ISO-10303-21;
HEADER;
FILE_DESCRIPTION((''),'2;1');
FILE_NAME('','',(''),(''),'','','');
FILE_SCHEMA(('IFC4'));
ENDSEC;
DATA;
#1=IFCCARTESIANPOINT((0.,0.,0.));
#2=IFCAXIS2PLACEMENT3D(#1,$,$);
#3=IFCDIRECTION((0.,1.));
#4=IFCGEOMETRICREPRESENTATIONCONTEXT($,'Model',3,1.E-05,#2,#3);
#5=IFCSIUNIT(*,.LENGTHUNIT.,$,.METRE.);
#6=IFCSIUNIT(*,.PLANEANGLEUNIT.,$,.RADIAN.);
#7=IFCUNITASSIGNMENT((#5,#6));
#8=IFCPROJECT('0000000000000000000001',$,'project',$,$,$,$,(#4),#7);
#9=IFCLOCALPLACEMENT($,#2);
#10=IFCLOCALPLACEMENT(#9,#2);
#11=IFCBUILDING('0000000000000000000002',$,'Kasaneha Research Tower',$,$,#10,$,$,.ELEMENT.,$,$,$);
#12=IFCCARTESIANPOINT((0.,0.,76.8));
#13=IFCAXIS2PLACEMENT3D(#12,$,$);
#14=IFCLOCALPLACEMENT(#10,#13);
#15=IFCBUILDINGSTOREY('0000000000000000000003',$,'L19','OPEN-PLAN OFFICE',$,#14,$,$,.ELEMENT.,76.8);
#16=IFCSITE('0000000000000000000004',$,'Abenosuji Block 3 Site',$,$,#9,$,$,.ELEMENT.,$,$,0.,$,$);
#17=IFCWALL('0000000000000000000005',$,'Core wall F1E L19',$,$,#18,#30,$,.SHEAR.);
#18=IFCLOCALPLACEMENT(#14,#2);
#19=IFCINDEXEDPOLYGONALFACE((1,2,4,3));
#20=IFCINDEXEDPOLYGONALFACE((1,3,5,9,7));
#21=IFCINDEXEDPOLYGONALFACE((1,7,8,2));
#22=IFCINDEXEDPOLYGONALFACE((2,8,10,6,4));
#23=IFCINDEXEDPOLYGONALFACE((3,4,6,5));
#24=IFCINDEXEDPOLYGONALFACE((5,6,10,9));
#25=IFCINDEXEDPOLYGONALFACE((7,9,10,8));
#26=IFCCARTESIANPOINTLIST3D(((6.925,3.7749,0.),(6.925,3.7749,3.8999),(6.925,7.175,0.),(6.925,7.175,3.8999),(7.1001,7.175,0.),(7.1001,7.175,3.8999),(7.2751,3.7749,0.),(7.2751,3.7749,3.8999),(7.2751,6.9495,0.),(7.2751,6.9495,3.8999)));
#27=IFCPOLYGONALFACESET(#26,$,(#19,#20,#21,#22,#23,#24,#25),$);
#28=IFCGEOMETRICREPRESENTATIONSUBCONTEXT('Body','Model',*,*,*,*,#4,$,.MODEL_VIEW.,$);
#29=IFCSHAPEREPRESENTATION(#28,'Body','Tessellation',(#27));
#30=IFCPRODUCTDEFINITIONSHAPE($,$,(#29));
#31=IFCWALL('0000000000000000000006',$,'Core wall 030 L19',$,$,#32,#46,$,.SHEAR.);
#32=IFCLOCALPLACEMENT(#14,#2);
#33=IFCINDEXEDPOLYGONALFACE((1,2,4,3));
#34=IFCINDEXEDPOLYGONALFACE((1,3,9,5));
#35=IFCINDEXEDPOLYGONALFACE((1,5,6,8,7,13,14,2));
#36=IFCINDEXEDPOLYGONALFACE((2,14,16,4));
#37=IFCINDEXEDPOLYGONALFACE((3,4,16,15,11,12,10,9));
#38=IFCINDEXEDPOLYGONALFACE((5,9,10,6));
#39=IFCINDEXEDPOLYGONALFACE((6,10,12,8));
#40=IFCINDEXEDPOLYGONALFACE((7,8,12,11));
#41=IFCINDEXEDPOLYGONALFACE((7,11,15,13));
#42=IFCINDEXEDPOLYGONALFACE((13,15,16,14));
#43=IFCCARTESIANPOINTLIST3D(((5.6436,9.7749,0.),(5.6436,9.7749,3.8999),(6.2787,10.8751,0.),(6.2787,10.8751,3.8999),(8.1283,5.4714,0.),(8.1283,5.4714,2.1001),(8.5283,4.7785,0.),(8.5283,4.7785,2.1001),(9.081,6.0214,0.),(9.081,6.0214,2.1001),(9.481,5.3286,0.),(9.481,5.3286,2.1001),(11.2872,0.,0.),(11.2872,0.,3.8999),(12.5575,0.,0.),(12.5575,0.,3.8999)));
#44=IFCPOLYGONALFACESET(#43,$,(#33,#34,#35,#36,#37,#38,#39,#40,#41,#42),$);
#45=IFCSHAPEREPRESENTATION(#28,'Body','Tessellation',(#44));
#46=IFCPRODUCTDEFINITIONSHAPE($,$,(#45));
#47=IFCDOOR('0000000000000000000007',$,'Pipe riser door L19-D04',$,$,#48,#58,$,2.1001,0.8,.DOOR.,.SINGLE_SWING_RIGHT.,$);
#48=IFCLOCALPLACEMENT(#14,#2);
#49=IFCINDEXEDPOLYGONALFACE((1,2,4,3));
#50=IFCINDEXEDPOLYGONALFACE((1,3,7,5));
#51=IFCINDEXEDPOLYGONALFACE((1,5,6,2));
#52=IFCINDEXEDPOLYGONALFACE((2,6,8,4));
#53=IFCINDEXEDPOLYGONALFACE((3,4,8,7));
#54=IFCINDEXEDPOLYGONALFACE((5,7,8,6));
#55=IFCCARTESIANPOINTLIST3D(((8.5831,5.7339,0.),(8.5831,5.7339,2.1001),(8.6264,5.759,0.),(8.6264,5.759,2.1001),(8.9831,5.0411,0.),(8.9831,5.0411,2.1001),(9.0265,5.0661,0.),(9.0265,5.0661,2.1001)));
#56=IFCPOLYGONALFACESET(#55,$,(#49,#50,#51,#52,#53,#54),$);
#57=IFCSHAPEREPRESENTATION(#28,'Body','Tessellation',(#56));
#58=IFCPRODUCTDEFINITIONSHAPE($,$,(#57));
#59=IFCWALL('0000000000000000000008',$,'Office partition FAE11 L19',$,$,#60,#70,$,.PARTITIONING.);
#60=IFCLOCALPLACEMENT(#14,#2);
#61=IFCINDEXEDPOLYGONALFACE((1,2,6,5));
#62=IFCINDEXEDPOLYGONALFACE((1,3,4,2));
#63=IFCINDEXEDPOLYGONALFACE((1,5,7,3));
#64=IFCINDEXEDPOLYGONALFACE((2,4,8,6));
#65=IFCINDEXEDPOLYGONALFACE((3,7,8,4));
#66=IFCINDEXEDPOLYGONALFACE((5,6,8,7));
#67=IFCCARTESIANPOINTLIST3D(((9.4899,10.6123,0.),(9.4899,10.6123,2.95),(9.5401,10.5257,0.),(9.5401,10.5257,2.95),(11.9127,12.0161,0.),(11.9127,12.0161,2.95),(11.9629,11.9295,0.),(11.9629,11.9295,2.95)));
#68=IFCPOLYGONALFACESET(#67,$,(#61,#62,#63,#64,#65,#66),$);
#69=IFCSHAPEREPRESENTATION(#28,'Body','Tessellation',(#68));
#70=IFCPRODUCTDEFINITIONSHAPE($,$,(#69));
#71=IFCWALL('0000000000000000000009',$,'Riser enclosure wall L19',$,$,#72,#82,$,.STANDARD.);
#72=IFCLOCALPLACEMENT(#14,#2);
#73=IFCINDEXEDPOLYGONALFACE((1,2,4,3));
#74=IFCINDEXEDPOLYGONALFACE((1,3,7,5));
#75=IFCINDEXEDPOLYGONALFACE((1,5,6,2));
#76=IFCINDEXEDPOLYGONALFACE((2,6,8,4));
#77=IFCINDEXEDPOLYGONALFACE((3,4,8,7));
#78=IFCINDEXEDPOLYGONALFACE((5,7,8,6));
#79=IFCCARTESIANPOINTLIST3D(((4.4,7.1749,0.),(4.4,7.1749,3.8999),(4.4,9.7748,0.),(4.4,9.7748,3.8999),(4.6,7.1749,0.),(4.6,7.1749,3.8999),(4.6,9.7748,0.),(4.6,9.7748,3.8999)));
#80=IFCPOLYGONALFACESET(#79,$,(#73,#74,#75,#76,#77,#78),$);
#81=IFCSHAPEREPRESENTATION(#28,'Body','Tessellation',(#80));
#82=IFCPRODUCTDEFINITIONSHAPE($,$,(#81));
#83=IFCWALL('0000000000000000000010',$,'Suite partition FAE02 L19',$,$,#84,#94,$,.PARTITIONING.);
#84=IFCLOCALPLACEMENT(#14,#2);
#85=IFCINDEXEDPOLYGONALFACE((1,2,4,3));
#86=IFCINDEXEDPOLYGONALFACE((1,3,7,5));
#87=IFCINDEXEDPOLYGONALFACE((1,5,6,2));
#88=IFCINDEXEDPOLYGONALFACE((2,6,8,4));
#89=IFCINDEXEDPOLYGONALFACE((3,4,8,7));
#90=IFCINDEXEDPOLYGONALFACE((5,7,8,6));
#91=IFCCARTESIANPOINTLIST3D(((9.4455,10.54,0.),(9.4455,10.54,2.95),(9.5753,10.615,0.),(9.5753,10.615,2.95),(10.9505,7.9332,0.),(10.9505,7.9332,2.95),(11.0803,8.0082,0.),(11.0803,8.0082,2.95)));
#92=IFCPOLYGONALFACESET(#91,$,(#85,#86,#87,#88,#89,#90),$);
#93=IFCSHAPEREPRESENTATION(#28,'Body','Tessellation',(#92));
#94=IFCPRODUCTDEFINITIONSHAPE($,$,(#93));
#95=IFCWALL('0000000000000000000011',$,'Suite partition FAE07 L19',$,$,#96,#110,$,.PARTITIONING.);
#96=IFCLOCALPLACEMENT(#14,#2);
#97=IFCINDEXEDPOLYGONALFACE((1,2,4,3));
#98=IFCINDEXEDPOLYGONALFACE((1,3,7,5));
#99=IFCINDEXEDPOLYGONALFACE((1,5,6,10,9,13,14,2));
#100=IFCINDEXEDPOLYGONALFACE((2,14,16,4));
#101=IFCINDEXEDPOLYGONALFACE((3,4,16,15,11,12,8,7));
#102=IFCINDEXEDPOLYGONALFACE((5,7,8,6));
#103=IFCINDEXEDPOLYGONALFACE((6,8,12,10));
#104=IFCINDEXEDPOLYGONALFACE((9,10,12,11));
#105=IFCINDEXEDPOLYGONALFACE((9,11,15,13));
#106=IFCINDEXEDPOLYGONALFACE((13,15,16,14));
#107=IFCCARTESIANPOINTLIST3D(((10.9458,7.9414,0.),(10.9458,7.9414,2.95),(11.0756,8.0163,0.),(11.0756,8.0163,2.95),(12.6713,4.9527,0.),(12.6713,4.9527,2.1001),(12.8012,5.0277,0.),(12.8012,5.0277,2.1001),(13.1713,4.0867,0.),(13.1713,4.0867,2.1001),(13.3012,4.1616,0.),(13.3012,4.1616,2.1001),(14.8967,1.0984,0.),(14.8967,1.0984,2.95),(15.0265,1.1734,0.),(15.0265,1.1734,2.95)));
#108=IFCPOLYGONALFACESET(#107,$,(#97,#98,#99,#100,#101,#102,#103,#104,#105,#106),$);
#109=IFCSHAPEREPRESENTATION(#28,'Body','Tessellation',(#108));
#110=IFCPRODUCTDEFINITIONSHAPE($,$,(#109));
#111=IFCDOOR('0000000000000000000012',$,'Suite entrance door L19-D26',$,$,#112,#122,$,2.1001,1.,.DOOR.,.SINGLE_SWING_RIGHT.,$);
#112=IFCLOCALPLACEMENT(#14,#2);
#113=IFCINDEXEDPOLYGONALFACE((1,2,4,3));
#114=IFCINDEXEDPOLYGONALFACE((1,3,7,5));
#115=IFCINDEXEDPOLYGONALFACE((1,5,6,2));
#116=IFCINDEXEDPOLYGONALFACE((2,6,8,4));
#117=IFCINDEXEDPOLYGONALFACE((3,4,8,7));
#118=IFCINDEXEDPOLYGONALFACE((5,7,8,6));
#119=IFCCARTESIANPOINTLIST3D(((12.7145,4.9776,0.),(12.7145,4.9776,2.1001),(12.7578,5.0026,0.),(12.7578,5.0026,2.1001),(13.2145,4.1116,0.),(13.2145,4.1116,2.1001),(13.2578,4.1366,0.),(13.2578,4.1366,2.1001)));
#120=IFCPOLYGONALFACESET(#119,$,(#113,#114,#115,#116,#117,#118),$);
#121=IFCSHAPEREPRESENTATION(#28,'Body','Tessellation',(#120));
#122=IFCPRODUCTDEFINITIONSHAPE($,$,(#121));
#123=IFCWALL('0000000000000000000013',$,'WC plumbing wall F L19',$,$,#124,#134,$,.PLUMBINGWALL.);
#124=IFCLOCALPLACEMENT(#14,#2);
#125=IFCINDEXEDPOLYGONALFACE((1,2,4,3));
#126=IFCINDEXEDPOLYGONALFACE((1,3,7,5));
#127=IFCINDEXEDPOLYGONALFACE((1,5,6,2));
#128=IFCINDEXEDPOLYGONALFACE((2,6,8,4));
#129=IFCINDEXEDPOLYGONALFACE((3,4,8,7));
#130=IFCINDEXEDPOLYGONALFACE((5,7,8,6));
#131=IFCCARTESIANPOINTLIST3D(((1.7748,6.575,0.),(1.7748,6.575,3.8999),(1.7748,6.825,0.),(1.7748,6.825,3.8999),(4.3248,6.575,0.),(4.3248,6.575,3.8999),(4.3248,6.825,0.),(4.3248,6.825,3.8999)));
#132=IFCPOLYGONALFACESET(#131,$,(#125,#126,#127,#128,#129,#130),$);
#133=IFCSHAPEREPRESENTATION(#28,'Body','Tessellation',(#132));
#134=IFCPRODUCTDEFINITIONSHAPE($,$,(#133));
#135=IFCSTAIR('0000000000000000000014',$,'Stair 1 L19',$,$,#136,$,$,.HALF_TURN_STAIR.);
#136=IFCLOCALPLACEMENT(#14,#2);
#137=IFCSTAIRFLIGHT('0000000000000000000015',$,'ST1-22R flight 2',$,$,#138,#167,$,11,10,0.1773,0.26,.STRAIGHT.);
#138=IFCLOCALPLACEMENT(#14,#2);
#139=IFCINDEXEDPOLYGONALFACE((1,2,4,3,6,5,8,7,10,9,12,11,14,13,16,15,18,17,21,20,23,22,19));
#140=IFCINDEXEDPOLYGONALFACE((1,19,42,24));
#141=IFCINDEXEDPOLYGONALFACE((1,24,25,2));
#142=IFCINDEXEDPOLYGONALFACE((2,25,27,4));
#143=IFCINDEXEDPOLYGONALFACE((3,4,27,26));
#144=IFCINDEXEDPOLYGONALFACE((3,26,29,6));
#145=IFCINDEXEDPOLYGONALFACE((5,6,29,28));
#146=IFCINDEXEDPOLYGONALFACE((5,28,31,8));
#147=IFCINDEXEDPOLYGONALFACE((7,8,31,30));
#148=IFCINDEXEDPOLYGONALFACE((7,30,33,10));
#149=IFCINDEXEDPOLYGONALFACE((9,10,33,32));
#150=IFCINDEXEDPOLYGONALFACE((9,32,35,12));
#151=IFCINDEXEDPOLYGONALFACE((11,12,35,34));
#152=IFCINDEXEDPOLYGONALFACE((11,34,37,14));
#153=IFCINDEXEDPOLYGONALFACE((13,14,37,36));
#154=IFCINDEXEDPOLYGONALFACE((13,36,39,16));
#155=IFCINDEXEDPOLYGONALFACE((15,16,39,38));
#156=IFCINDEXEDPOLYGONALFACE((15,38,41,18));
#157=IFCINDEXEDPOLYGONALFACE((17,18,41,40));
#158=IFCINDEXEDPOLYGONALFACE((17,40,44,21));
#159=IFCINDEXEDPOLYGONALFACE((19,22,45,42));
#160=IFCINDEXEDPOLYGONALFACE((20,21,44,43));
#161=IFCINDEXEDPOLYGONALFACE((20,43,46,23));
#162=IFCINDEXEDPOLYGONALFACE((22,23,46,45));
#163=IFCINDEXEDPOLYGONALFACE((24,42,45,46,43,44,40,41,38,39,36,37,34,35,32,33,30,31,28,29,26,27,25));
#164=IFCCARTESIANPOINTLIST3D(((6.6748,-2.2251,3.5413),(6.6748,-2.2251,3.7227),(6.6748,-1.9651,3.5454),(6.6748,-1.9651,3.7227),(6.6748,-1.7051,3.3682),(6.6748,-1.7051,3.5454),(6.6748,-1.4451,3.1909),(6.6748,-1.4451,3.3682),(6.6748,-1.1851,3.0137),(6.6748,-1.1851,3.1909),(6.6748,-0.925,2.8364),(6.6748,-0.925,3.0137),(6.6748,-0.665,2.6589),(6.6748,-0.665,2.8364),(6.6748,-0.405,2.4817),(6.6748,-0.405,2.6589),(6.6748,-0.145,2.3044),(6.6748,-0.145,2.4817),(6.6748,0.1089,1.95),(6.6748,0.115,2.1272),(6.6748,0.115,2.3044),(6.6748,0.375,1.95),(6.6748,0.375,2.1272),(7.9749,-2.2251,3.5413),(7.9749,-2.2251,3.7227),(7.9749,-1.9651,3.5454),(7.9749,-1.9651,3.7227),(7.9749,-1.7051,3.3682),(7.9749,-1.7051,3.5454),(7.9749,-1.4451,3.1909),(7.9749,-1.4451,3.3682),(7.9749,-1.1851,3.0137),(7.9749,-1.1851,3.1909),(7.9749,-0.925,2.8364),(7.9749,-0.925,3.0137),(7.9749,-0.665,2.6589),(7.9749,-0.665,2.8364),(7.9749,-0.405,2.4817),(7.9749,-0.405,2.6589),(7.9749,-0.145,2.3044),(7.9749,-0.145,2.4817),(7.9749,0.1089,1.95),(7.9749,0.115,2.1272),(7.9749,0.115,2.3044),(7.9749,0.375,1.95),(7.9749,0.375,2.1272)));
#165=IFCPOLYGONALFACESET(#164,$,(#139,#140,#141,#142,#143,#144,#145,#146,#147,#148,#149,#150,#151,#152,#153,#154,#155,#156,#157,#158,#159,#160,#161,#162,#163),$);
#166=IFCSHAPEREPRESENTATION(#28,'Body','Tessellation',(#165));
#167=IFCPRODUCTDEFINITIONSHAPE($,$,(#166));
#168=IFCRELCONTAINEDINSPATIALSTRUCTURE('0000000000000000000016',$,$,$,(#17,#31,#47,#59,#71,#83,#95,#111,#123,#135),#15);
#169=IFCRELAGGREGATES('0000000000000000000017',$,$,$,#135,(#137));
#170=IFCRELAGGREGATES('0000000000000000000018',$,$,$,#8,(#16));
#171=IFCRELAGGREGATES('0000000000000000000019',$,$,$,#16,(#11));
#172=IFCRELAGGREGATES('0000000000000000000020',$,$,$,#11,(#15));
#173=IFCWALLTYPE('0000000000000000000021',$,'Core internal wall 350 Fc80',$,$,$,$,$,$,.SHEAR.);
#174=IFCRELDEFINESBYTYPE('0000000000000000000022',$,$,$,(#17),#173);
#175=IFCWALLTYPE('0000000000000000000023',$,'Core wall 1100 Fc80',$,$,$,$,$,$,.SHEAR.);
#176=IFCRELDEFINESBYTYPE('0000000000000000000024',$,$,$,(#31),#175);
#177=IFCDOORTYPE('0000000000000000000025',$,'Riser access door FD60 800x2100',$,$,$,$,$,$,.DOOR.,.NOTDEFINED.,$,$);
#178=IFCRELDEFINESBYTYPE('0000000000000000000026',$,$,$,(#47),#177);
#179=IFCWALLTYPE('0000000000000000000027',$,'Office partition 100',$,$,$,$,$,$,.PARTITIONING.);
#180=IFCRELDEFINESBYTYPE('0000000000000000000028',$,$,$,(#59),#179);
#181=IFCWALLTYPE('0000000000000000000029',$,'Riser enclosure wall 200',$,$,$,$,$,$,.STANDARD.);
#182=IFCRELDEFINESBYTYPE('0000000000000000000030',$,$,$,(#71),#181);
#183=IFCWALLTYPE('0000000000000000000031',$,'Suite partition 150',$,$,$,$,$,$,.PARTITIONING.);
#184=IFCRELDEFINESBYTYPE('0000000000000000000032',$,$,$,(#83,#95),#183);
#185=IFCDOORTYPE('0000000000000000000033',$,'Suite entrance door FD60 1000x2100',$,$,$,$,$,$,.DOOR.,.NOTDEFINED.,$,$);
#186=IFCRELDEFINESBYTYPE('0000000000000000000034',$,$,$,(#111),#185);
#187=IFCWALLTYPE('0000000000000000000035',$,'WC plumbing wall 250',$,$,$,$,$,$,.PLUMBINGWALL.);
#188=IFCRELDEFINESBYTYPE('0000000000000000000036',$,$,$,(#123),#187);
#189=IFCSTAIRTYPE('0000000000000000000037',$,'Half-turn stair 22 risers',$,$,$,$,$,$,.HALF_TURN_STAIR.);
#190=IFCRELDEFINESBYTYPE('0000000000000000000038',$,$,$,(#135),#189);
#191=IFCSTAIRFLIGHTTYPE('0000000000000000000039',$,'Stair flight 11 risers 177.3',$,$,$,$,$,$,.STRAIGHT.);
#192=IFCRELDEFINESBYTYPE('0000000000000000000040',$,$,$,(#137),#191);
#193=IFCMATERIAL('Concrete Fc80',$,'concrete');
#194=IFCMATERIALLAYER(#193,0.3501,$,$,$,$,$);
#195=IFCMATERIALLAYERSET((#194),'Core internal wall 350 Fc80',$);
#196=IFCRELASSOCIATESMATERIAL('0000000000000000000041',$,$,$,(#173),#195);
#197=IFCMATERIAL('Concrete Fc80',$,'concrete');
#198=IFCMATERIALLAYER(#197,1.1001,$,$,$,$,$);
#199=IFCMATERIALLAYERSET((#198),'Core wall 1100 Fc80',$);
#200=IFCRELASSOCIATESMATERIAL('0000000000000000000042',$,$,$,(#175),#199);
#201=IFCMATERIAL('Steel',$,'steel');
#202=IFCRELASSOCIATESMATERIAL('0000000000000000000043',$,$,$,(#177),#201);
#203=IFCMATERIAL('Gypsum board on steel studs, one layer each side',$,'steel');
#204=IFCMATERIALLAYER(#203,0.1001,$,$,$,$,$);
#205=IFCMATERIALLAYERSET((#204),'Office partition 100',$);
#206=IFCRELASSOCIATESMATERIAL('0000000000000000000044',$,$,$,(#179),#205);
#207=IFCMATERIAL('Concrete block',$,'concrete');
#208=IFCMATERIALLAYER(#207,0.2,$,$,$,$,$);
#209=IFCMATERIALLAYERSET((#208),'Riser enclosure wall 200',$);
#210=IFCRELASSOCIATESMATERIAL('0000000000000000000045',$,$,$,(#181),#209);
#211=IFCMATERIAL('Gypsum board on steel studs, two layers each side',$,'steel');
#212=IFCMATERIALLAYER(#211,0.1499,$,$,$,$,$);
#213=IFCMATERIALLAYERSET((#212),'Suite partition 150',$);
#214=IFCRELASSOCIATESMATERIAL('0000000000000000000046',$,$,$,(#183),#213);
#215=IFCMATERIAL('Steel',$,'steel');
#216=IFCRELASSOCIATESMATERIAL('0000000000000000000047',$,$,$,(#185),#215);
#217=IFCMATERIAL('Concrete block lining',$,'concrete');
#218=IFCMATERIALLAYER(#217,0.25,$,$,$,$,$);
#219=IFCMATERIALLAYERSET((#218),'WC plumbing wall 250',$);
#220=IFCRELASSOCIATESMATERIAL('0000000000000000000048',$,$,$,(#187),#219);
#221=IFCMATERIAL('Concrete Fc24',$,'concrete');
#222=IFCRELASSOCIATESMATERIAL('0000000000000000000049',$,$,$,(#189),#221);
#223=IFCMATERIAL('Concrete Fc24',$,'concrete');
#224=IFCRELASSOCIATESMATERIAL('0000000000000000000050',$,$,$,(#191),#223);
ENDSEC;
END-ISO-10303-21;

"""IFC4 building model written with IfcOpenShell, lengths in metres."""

from ifc_helpers import new_model, si_unit, direction, frame, frame_2d, origin, place, context, subcontext, project, spatial, polyline, rectangle, outline, extrude, material, layer, layer_set, type_object, element, fill, aggregate, save


model = new_model("IFC4")

# Units and contexts
model_context = context("Model", 3, precision=1e-05, world=origin(), true_north=direction((0.0, 1.0)))
body_context = subcontext(model_context, "Body", "Model", "MODEL_VIEW")
ifc_project = project(units=[si_unit("LENGTHUNIT", "METRE"), si_unit("PLANEANGLEUNIT", "RADIAN")], contexts=[model_context])

# Site, building, storey
site_placement = place(None, origin())
site = spatial("IfcSite", under=ifc_project, at=site_placement, Name="Abenosuji Block 3 Site", CompositionType="ELEMENT", RefElevation=0.0)
building_placement = place(site_placement, origin())
building = spatial("IfcBuilding", under=site, at=building_placement, Name="Kasaneha Research Tower", CompositionType="ELEMENT")
storey_placement = place(building_placement, frame((0.0, 0.0, 76.8)))
storey = spatial("IfcBuildingStorey", under=building, at=storey_placement, Name="L19", Description="OPEN-PLAN OFFICE", CompositionType="ELEMENT", Elevation=76.8)

# Wall
ifc_material_1 = material(Name="Concrete Fc80", Category="concrete")
ifc_layer_1 = layer(ifc_material_1, 0.3501)
ifc_layer_set_1 = layer_set([ifc_layer_1], Name="Core internal wall 350 Fc80")
wall_type_1 = type_object("IfcWallType", Name="Core internal wall 350 Fc80", PredefinedType="SHEAR", material=ifc_layer_set_1)
wall_1_placement = place(storey_placement, frame((7.1001, 3.7749, 0.0), z_axis=(0.0, 0.0, 1.0), x_axis=(0.0, 1.0, 0.0)))
element("IfcWall", 1, at=wall_1_placement, inside=storey, type_object=wall_type_1, Name="Core wall F1E L19", PredefinedType="SHEAR", context=body_context, shape_type="SweptSolid", body=[
    extrude(outline(polyline([(0.0, -0.175), (3.1746, -0.175), (3.4001, 0.0), (3.4001, 0.175), (0.0, 0.175), (0.0, -0.175)])), origin(), (0.0, 0.0, 1.0), 3.8999),
])

# Wall, opening, door
ifc_material_2 = material(Name="Concrete Fc80", Category="concrete")
ifc_layer_2 = layer(ifc_material_2, 1.1001)
ifc_layer_set_2 = layer_set([ifc_layer_2], Name="Core wall 1100 Fc80")
wall_type_2 = type_object("IfcWallType", Name="Core wall 1100 Fc80", PredefinedType="SHEAR", material=ifc_layer_set_2)
wall_2_placement = place(storey_placement, frame((11.9224, 0.0, 0.0), z_axis=(0.0, 0.0, 1.0), x_axis=(-0.500004, 0.866023, 0.0)))
wall_2 = element("IfcWall", 2, at=wall_2_placement, inside=storey, type_object=wall_type_2, Name="Core wall 030 L19", PredefinedType="SHEAR", context=body_context, shape_type="SweptSolid", body=[
    extrude(outline(polyline([(-0.3176, -0.55), (5.8354, -0.55), (6.6355, -0.55), (12.24, -0.55), (11.6047, 0.55), (6.6355, 0.55), (5.8354, 0.55), (0.3176, 0.55), (-0.3176, -0.55)])), origin(), (0.0, 0.0, 1.0), 3.8999),
])
opening_1_placement = place(wall_2_placement, frame((5.8354, 0.0, 0.0)))
opening_1 = element("IfcOpeningElement", 3, at=opening_1_placement, cuts=wall_2, PredefinedType="OPENING", context=body_context, shape_type="SweptSolid", body=[
    extrude(rectangle(XDim=0.8, YDim=2.1001, at=frame_2d((0.3999, 1.05))), frame((0.0, 0.5601, 0.0), z_axis=(0.0, -1.0, 0.0), x_axis=(1.0, 0.0, 0.0)), (0.0, 0.0, 1.0), 1.1201),
])
ifc_material_3 = material(Name="Steel", Category="steel")
door_type_1 = type_object("IfcDoorType", Name="Riser access door FD60 800x2100", OperationType="NOTDEFINED", PredefinedType="DOOR", material=ifc_material_3)
door_1_placement = place(opening_1_placement, origin())
door_1 = element("IfcDoor", 4, at=door_1_placement, inside=storey, type_object=door_type_1, Name="Pipe riser door L19-D04", OperationType="SINGLE_SWING_RIGHT", OverallHeight=2.1001, OverallWidth=0.8, PredefinedType="DOOR", context=body_context, shape_type="SweptSolid", body=[
    extrude(rectangle(XDim=0.8, YDim=2.1001, at=frame_2d((0.3999, 1.05))), frame((0.0, 0.0249, 0.0), z_axis=(0.0, -1.0, 0.0), x_axis=(1.0, 0.0, 0.0)), (0.0, 0.0, 1.0), 0.05),
])
fill(opening_1, door_1)

# Walls
ifc_material_4 = material(Name="Gypsum board on steel studs, one layer each side", Category="steel")
ifc_layer_3 = layer(ifc_material_4, 0.1001)
ifc_layer_set_3 = layer_set([ifc_layer_3], Name="Office partition 100")
wall_type_3 = type_object("IfcWallType", Name="Office partition 100", PredefinedType="PARTITIONING", material=ifc_layer_set_3)
wall_3_placement = place(storey_placement, frame((9.5151, 10.5691, 0.0), z_axis=(0.0, 0.0, 1.0), x_axis=(0.865255, 0.501332, 0.0)))
element("IfcWall", 5, at=wall_3_placement, inside=storey, type_object=wall_type_3, Name="Office partition FAE11 L19", PredefinedType="PARTITIONING", context=body_context, shape_type="SweptSolid", body=[
    extrude(rectangle(XDim=2.8, YDim=0.1001, at=frame_2d((1.3999, 0.0))), origin(), (0.0, 0.0, 1.0), 2.95),
])
ifc_material_5 = material(Name="Concrete block", Category="concrete")
ifc_layer_4 = layer(ifc_material_5, 0.2)
ifc_layer_set_4 = layer_set([ifc_layer_4], Name="Riser enclosure wall 200")
wall_type_4 = type_object("IfcWallType", Name="Riser enclosure wall 200", PredefinedType="STANDARD", material=ifc_layer_set_4)
wall_4_placement = place(storey_placement, frame((4.5, 7.175, 0.0), z_axis=(0.0, 0.0, 1.0), x_axis=(0.0, 1.0, 0.0)))
element("IfcWall", 6, at=wall_4_placement, inside=storey, type_object=wall_type_4, Name="Riser enclosure wall L19", PredefinedType="STANDARD", context=body_context, shape_type="SweptSolid", body=[
    extrude(rectangle(XDim=2.5999, YDim=0.2, at=frame_2d((1.2998, 0.0))), origin(), (0.0, 0.0, 1.0), 3.8999),
])
ifc_material_6 = material(Name="Gypsum board on steel studs, two layers each side", Category="steel")
ifc_layer_5 = layer(ifc_material_6, 0.1499)
ifc_layer_set_5 = layer_set([ifc_layer_5], Name="Suite partition 150")
wall_type_5 = type_object("IfcWallType", Name="Suite partition 150", PredefinedType="PARTITIONING", material=ifc_layer_set_5)
wall_5_placement = place(storey_placement, frame((9.5105, 10.5774, 0.0), z_axis=(0.0, 0.0, 1.0), x_axis=(0.499978, -0.866038, 0.0)))
element("IfcWall", 7, at=wall_5_placement, inside=storey, type_object=wall_type_5, Name="Suite partition FAE02 L19", PredefinedType="PARTITIONING", context=body_context, shape_type="SweptSolid", body=[
    extrude(rectangle(XDim=3.01, YDim=0.1499, at=frame_2d((1.5049, 0.0))), origin(), (0.0, 0.0, 1.0), 2.95),
])

# Wall, opening, door
wall_6_placement = place(storey_placement, frame((11.0107, 7.9788, 0.0), z_axis=(0.0, 0.0, 1.0), x_axis=(0.50001, -0.866019, 0.0)))
wall_6 = element("IfcWall", 8, at=wall_6_placement, inside=storey, type_object=wall_type_5, Name="Suite partition FAE07 L19", PredefinedType="PARTITIONING", context=body_context, shape_type="SweptSolid", body=[
    extrude(rectangle(XDim=7.9016, YDim=0.1499, at=frame_2d((3.9507, 0.0))), origin(), (0.0, 0.0, 1.0), 2.95),
])
opening_2_placement = place(wall_6_placement, frame((3.4509, 0.0, 0.0)))
opening_2 = element("IfcOpeningElement", 9, at=opening_2_placement, cuts=wall_6, PredefinedType="OPENING", context=body_context, shape_type="SweptSolid", body=[
    extrude(rectangle(XDim=1.0, YDim=2.1001, at=frame_2d((0.5, 1.05))), frame((0.0, 0.085, 0.0), z_axis=(0.0, -1.0, 0.0), x_axis=(1.0, 0.0, 0.0)), (0.0, 0.0, 1.0), 0.1699),
])
ifc_material_7 = material(Name="Steel", Category="steel")
door_type_2 = type_object("IfcDoorType", Name="Suite entrance door FD60 1000x2100", OperationType="NOTDEFINED", PredefinedType="DOOR", material=ifc_material_7)
door_2_placement = place(opening_2_placement, origin())
door_2 = element("IfcDoor", 10, at=door_2_placement, inside=storey, type_object=door_type_2, Name="Suite entrance door L19-D26", OperationType="SINGLE_SWING_RIGHT", OverallHeight=2.1001, OverallWidth=1.0, PredefinedType="DOOR", context=body_context, shape_type="SweptSolid", body=[
    extrude(rectangle(XDim=1.0, YDim=2.1001, at=frame_2d((0.5, 1.05))), frame((0.0, 0.0249, 0.0), z_axis=(0.0, -1.0, 0.0), x_axis=(1.0, 0.0, 0.0)), (0.0, 0.0, 1.0), 0.05),
])
fill(opening_2, door_2)

# Wall
ifc_material_8 = material(Name="Concrete block lining", Category="concrete")
ifc_layer_6 = layer(ifc_material_8, 0.25)
ifc_layer_set_6 = layer_set([ifc_layer_6], Name="WC plumbing wall 250")
wall_type_6 = type_object("IfcWallType", Name="WC plumbing wall 250", PredefinedType="PLUMBINGWALL", material=ifc_layer_set_6)
wall_7_placement = place(storey_placement, frame((1.7749, 6.7, 0.0), z_axis=(0.0, 0.0, 1.0), x_axis=(1.0, 0.0, 0.0)))
element("IfcWall", 11, at=wall_7_placement, inside=storey, type_object=wall_type_6, Name="WC plumbing wall F L19", PredefinedType="PLUMBINGWALL", context=body_context, shape_type="SweptSolid", body=[
    extrude(rectangle(XDim=2.55, YDim=0.25, at=frame_2d((1.2749, 0.0))), origin(), (0.0, 0.0, 1.0), 3.8999),
])

# Stair, stair flight
ifc_material_9 = material(Name="Concrete Fc24", Category="concrete")
stair_type = type_object("IfcStairType", Name="Half-turn stair 22 risers", PredefinedType="HALF_TURN_STAIR", material=ifc_material_9)
stair_placement = place(storey_placement, origin())
stair = element("IfcStair", 12, at=stair_placement, inside=storey, type_object=stair_type, Name="Stair 1 L19", PredefinedType="HALF_TURN_STAIR")
ifc_material_10 = material(Name="Concrete Fc24", Category="concrete")
stair_flight_type = type_object("IfcStairFlightType", Name="Stair flight 11 risers 177.3", PredefinedType="STRAIGHT", material=ifc_material_10)
stair_flight_placement = place(storey_placement, frame((7.325, 0.375, 1.95), z_axis=(0.0, 0.0, 1.0), x_axis=(0.0, -1.0, 0.0)))
stair_flight = element("IfcStairFlight", 13, at=stair_flight_placement, type_object=stair_flight_type, Name="ST1-22R flight 2", NumberOfRisers=11, NumberOfTreads=10, PredefinedType="STRAIGHT", RiserHeight=0.1773, TreadLength=0.26, context=body_context, shape_type="SweptSolid", body=[
    extrude(outline(polyline([(0.0, 0.0), (0.0, 0.1772), (0.26, 0.1772), (0.26, 0.3545), (0.52, 0.3545), (0.52, 0.5317), (0.78, 0.5317), (0.78, 0.709), (1.04, 0.709), (1.04, 0.8865), (1.3, 0.8865), (1.3, 1.0637), (1.5601, 1.0637), (1.5601, 1.241), (1.8201, 1.241), (1.8201, 1.4182), (2.0801, 1.4182), (2.0801, 1.5955), (2.3401, 1.5955), (2.3401, 1.7727), (2.6001, 1.7727), (2.6001, 1.95), (2.6001, 1.5913), (0.2661, 0.0), (0.0, 0.0)])), frame((0.0, 0.6499, 0.0), z_axis=(0.0, -1.0, 0.0), x_axis=(1.0, 0.0, 0.0)), (0.0, 0.0, 1.0), 1.3),
])
aggregate(stair, [stair_flight])

save(model, "model.ifc")
